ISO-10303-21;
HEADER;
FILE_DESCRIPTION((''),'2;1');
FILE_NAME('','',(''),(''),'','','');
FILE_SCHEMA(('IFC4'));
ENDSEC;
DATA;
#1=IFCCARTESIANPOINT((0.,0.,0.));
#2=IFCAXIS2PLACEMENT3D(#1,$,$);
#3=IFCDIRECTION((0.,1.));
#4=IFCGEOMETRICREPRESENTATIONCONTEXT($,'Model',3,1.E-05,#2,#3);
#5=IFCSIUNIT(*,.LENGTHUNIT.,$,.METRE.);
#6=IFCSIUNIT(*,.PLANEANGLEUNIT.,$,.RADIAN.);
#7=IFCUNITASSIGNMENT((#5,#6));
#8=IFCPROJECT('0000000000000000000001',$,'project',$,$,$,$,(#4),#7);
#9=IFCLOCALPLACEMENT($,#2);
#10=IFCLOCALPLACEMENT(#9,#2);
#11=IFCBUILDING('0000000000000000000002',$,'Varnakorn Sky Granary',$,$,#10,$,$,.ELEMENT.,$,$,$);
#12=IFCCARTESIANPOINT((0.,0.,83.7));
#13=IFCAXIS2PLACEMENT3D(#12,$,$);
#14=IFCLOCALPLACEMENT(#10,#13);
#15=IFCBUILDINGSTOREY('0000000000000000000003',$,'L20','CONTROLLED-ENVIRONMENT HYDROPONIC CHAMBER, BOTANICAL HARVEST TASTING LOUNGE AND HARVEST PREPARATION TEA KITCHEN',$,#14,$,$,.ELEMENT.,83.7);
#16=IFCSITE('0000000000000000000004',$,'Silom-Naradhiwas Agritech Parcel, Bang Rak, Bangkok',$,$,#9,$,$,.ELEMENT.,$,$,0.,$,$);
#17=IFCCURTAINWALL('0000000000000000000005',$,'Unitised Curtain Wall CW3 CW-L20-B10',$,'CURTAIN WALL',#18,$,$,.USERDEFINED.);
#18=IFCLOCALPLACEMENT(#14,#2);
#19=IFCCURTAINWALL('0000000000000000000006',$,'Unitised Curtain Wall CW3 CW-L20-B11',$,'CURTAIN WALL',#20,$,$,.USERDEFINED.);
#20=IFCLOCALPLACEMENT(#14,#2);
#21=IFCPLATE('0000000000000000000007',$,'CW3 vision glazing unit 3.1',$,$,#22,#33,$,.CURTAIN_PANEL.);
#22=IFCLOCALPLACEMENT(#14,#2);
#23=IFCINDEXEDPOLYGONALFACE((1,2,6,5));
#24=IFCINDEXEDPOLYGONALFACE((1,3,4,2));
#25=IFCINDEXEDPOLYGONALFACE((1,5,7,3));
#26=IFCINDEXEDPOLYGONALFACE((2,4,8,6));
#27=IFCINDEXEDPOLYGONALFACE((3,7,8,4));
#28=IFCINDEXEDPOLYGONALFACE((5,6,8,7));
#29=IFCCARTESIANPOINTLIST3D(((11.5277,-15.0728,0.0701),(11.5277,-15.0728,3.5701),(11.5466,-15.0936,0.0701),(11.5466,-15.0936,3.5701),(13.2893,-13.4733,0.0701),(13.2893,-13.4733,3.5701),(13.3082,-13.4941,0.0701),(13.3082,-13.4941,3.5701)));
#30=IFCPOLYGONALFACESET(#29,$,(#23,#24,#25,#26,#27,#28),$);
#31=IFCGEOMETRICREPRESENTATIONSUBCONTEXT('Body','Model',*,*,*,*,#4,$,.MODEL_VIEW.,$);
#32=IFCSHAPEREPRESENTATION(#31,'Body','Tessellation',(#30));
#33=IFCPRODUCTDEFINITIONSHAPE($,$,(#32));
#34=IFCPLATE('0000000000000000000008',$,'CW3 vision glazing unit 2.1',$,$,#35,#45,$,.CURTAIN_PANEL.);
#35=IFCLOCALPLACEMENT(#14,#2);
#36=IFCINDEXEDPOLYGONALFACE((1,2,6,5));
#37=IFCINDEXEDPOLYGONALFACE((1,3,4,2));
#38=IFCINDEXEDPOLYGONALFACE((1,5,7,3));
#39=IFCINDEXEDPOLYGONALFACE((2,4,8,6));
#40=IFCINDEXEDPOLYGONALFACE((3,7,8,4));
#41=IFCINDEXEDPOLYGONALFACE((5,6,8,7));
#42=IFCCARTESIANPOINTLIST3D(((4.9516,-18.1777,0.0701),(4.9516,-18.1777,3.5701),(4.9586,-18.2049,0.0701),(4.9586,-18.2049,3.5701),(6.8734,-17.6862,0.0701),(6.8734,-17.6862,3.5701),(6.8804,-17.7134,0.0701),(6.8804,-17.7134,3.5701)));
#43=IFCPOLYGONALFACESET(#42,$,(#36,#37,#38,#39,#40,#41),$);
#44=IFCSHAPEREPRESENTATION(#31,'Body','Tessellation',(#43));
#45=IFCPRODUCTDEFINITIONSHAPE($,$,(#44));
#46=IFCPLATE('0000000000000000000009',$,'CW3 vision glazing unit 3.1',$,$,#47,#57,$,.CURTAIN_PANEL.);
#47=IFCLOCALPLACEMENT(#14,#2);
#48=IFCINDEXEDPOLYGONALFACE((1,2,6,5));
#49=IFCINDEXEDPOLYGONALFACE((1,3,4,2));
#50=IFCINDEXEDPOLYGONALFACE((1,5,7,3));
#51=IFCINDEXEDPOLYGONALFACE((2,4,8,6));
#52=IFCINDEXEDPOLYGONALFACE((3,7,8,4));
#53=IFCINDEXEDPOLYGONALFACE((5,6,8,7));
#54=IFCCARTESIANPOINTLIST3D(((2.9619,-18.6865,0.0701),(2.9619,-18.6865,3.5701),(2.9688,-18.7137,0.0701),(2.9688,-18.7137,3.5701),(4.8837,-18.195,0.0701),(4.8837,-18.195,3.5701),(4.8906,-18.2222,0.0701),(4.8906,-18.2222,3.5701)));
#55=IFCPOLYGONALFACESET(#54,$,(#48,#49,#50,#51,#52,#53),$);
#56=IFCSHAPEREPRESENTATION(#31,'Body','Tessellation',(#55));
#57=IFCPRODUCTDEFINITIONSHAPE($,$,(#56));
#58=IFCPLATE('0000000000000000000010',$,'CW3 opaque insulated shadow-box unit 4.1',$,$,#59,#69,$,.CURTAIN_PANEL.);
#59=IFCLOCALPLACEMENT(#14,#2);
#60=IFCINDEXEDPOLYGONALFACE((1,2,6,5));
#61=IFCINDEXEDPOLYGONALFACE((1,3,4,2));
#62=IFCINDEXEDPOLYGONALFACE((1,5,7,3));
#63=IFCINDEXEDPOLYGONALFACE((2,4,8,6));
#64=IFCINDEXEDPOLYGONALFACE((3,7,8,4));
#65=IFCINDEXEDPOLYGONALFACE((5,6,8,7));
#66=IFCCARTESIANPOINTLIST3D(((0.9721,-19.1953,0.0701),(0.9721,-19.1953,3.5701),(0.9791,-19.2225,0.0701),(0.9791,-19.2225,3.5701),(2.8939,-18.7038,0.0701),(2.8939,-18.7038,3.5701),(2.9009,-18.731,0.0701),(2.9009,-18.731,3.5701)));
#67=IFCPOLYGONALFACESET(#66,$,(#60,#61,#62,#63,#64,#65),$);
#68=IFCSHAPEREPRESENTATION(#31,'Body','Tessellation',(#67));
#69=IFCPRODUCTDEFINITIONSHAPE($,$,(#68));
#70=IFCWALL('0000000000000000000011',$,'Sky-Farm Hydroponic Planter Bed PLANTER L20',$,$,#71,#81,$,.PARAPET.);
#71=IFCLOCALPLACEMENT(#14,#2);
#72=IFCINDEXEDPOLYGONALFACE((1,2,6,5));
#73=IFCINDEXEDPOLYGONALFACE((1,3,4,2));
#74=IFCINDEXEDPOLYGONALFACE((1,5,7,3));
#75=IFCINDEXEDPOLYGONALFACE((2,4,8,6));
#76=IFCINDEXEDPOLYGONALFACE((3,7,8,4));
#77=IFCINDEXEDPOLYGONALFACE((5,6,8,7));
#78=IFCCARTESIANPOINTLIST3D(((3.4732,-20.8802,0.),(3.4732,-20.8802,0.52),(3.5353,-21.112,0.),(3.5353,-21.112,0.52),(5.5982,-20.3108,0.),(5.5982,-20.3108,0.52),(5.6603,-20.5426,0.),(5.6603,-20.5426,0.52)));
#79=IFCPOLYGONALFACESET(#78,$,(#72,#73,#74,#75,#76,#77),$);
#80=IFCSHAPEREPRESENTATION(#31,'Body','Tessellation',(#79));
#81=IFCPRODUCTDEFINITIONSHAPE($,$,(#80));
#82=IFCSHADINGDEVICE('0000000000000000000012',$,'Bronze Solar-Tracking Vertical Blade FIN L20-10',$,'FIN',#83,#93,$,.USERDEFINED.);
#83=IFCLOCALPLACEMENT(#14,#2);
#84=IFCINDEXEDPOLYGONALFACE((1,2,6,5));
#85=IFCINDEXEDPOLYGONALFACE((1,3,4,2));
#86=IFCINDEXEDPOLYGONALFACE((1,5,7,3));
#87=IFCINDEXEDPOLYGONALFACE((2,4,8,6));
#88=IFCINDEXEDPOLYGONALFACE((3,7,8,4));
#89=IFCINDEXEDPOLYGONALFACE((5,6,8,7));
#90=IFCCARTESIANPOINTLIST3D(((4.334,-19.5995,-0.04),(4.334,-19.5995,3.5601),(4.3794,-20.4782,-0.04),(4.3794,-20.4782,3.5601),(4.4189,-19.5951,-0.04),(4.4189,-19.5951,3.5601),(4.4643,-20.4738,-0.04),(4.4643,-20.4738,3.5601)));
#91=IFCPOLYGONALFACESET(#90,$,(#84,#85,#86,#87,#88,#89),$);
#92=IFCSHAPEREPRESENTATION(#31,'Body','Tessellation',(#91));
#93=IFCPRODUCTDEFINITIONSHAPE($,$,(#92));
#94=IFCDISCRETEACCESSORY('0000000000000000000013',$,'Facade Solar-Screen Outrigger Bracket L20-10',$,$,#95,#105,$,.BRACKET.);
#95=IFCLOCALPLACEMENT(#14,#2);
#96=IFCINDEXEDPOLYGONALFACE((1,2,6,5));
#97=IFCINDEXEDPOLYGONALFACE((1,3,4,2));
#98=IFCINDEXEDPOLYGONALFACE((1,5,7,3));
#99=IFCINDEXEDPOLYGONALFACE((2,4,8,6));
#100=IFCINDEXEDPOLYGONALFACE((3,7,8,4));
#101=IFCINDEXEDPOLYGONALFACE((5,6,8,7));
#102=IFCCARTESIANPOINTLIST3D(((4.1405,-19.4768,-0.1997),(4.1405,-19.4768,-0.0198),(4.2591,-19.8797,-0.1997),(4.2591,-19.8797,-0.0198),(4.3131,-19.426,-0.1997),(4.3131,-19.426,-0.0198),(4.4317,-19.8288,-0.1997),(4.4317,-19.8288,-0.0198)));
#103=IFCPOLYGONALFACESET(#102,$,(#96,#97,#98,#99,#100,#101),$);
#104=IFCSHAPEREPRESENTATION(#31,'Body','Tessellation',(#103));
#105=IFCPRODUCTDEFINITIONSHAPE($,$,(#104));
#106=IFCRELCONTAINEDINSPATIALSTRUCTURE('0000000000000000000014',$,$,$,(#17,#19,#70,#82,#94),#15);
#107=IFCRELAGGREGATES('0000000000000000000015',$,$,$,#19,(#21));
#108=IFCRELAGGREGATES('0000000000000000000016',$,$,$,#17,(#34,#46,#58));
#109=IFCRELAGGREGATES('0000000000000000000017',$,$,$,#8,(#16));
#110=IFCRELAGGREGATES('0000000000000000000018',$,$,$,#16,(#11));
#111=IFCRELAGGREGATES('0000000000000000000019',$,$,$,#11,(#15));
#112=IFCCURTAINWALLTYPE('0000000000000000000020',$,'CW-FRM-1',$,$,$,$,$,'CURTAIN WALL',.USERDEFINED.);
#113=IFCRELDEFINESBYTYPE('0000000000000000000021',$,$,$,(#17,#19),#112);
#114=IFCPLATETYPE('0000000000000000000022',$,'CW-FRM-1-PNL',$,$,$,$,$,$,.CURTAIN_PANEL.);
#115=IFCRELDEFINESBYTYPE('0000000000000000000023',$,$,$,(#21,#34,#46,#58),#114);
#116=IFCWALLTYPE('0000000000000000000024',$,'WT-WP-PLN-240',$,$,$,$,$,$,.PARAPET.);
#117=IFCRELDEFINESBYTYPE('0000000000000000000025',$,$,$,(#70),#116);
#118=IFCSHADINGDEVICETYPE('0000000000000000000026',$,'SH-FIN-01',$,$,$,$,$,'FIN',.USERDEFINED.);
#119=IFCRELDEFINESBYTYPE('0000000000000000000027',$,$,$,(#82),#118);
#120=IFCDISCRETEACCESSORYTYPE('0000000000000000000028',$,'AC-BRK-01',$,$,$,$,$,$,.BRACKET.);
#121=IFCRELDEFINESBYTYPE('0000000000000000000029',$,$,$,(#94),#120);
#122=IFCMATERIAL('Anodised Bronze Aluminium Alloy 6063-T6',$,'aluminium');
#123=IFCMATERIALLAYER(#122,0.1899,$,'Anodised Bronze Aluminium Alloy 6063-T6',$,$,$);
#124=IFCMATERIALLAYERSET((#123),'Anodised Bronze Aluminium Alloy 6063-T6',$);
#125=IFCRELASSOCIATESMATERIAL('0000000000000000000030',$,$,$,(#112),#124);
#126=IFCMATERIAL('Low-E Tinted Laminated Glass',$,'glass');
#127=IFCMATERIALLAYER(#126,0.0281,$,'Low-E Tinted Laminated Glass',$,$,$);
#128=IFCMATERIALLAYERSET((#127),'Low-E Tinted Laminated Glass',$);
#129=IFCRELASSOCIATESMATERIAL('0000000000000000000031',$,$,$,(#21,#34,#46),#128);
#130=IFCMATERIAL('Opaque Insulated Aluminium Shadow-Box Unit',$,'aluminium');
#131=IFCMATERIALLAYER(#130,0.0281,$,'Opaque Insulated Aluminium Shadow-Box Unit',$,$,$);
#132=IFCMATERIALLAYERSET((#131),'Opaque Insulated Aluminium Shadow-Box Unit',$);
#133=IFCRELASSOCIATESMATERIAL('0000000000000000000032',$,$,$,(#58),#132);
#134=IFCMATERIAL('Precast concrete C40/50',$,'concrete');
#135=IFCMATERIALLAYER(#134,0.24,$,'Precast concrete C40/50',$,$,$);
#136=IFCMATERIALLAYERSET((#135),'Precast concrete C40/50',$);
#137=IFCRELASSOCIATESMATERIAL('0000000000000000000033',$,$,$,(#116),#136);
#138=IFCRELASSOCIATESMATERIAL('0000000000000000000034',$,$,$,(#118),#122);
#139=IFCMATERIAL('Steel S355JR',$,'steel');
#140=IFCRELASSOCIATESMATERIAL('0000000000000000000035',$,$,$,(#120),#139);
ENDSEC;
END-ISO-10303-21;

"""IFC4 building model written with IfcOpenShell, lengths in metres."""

from ifc_helpers import new_model, si_unit, direction, frame, frame_2d, origin, origin_2d, place, context, subcontext, project, spatial, rectangle, extrude, source, transform, mapped, material, layer, layer_set, type_object, type_shapes, element, aggregate, save


model = new_model("IFC4")

# Units and contexts
model_context = context("Model", 3, precision=1e-05, world=origin(), true_north=direction((0.0, 1.0)))
body_context = subcontext(model_context, "Body", "Model", "MODEL_VIEW")
ifc_project = project(units=[si_unit("LENGTHUNIT", "METRE"), si_unit("PLANEANGLEUNIT", "RADIAN")], contexts=[model_context])

# Site, building, storey
site_placement = place(None, origin())
site = spatial("IfcSite", under=ifc_project, at=site_placement, Name="Silom-Naradhiwas Agritech Parcel, Bang Rak, Bangkok", CompositionType="ELEMENT", RefElevation=0.0)
building_placement = place(site_placement, origin())
building = spatial("IfcBuilding", under=site, at=building_placement, Name="Varnakorn Sky Granary", CompositionType="ELEMENT")
storey_placement = place(building_placement, frame((0.0, 0.0, 83.7)))
storey = spatial("IfcBuildingStorey", under=building, at=storey_placement, Name="L20", Description="CONTROLLED-ENVIRONMENT HYDROPONIC CHAMBER, BOTANICAL HARVEST TASTING LOUNGE AND HARVEST PREPARATION TEA KITCHEN", CompositionType="ELEMENT", Elevation=83.7)

# Shared definitions
ifc_material_1 = material(Name="Steel S355JR", Category="steel")

# Curtain walls
ifc_material_2 = material(Name="Anodised Bronze Aluminium Alloy 6063-T6", Category="aluminium")
ifc_layer_1 = layer(ifc_material_2, 0.1899, Name="Anodised Bronze Aluminium Alloy 6063-T6")
ifc_layer_set_1 = layer_set([ifc_layer_1], Name="Anodised Bronze Aluminium Alloy 6063-T6")
curtain_wall_type = type_object("IfcCurtainWallType", Name="CW-FRM-1", ElementType="CURTAIN WALL", PredefinedType="USERDEFINED", material=ifc_layer_set_1)
curtain_wall_1_placement = place(storey_placement, origin())
curtain_wall_1 = element("IfcCurtainWall", 1, at=curtain_wall_1_placement, inside=storey, type_object=curtain_wall_type, Name="Unitised Curtain Wall CW3 CW-L20-B10", ObjectType="CURTAIN WALL", PredefinedType="USERDEFINED")
curtain_wall_2_placement = place(storey_placement, origin())
curtain_wall_2 = element("IfcCurtainWall", 2, at=curtain_wall_2_placement, inside=storey, type_object=curtain_wall_type, Name="Unitised Curtain Wall CW3 CW-L20-B11", ObjectType="CURTAIN WALL", PredefinedType="USERDEFINED")

# Plates
ifc_material_3 = material(Name="Low-E Tinted Laminated Glass", Category="glass")
ifc_layer_2 = layer(ifc_material_3, 0.0281, Name="Low-E Tinted Laminated Glass")
ifc_layer_set_2 = layer_set([ifc_layer_2], Name="Low-E Tinted Laminated Glass")
plate_type = type_object("IfcPlateType", Name="CW-FRM-1-PNL", PredefinedType="CURTAIN_PANEL")
ifc_material_4 = material(Name="Opaque Insulated Aluminium Shadow-Box Unit", Category="aluminium")
ifc_layer_3 = layer(ifc_material_4, 0.0281, Name="Opaque Insulated Aluminium Shadow-Box Unit")
ifc_layer_set_3 = layer_set([ifc_layer_3], Name="Opaque Insulated Aluminium Shadow-Box Unit")
shared_shape_1 = source(origin(), body_context, "Body", "SweptSolid", [
    extrude(rectangle(XDim=2.3794, YDim=0.0281, at=origin_2d()), origin(), (0.0, 0.0, 1.0), 3.5),
])
plate_1_placement = place(storey_placement, frame((12.418, -14.2834, 0.0701), z_axis=(0.0, 0.0, 1.0), x_axis=(-0.74036, -0.672211, 0.0)))
plate_1 = element("IfcPlate", 3, at=plate_1_placement, type_object=plate_type, material=ifc_layer_set_2, Name="CW3 vision glazing unit 3.1", PredefinedType="CURTAIN_PANEL", context=body_context, shape_type="MappedRepresentation", body=[
    mapped(shared_shape_1, transform((0.0, 0.0, 0.0), x_axis=(1.0, 0.0, 0.0), y_axis=(0.0, 1.0, 0.0), z_axis=(0.0, 0.0, 1.0), scale=1.0)),
])
aggregate(curtain_wall_2, [plate_1])
shared_shape_2 = source(origin(), body_context, "Body", "SweptSolid", [
    extrude(rectangle(XDim=1.9836, YDim=0.0281, at=origin_2d()), origin(), (0.0, 0.0, 1.0), 3.5),
])
plate_2_placement = place(storey_placement, frame((5.916, -17.9456, 0.0701), z_axis=(0.0, 0.0, 1.0), x_axis=(-0.968825, -0.247745, 0.0)))
plate_2 = element("IfcPlate", 4, at=plate_2_placement, type_object=plate_type, material=ifc_layer_set_2, Name="CW3 vision glazing unit 2.1", PredefinedType="CURTAIN_PANEL", context=body_context, shape_type="MappedRepresentation", body=[
    mapped(shared_shape_2, transform((0.0, 0.0, 0.0), x_axis=(1.0, 0.0, 0.0), y_axis=(0.0, 1.0, 0.0), z_axis=(0.0, 0.0, 1.0), scale=1.0)),
])
plate_3_placement = place(storey_placement, frame((3.9263, -18.4543, 0.0701), z_axis=(0.0, 0.0, 1.0), x_axis=(-0.968825, -0.247745, 0.0)))
plate_3 = element("IfcPlate", 5, at=plate_3_placement, type_object=plate_type, material=ifc_layer_set_2, Name="CW3 vision glazing unit 3.1", PredefinedType="CURTAIN_PANEL", context=body_context, shape_type="MappedRepresentation", body=[
    mapped(shared_shape_2, transform((0.0, 0.0, 0.0), x_axis=(1.0, 0.0, 0.0), y_axis=(0.0, 1.0, 0.0), z_axis=(0.0, 0.0, 1.0), scale=1.0)),
])
plate_4_placement = place(storey_placement, frame((1.9365, -18.9631, 0.0701), z_axis=(0.0, 0.0, 1.0), x_axis=(-0.968825, -0.247745, 0.0)))
plate_4 = element("IfcPlate", 6, at=plate_4_placement, type_object=plate_type, material=ifc_layer_set_3, Name="CW3 opaque insulated shadow-box unit 4.1", PredefinedType="CURTAIN_PANEL", context=body_context, shape_type="MappedRepresentation", body=[
    mapped(shared_shape_2, transform((0.0, 0.0, 0.0), x_axis=(1.0, 0.0, 0.0), y_axis=(0.0, 1.0, 0.0), z_axis=(0.0, 0.0, 1.0), scale=1.0)),
])
aggregate(curtain_wall_1, [plate_2, plate_3, plate_4])

# Wall
ifc_material_5 = material(Name="Precast concrete C40/50", Category="concrete")
ifc_layer_4 = layer(ifc_material_5, 0.24, Name="Precast concrete C40/50")
ifc_layer_set_4 = layer_set([ifc_layer_4], Name="Precast concrete C40/50")
wall_type = type_object("IfcWallType", Name="WT-WP-PLN-240", PredefinedType="PARAPET", material=ifc_layer_set_4)
wall_placement = place(storey_placement, frame((3.5042, -20.9961, 0.0), z_axis=(0.0, 0.0, 1.0), x_axis=(0.965932, 0.258795, 0.0)))
element("IfcWall", 7, at=wall_placement, inside=storey, type_object=wall_type, Name="Sky-Farm Hydroponic Planter Bed PLANTER L20", PredefinedType="PARAPET", context=body_context, shape_type="SweptSolid", body=[
    extrude(rectangle(XDim=2.2, YDim=0.24, at=frame_2d((1.1001, 0.0))), origin(), (0.0, 0.0, 1.0), 0.52),
])

# Shading device
shading_device_type = type_object("IfcShadingDeviceType", Name="SH-FIN-01", ElementType="FIN", PredefinedType="USERDEFINED", material=ifc_material_2)
shared_shape_3 = source(origin(), body_context, "Body", "SweptSolid", [
    extrude(rectangle(XDim=0.085, YDim=0.8799, at=origin_2d()), origin(), (0.0, 0.0, 1.0), 3.6001),
])
type_shapes(shading_device_type, [shared_shape_3])
shading_device_placement = place(storey_placement, frame((4.3992, -20.0366, -0.04), z_axis=(0.0, 0.0, 1.0), x_axis=(0.998668, 0.051604, 0.0)))
element("IfcShadingDevice", 8, at=shading_device_placement, inside=storey, type_object=shading_device_type, Name="Bronze Solar-Tracking Vertical Blade FIN L20-10", ObjectType="FIN", PredefinedType="USERDEFINED", context=body_context, shape_type="MappedRepresentation", body=[
    mapped(shared_shape_3, transform((0.0, 0.0, 0.0), x_axis=(1.0, 0.0, 0.0), y_axis=(0.0, 1.0, 0.0), z_axis=(0.0, 0.0, 1.0), scale=1.0)),
])

# Discrete accessory
discrete_accessory_type = type_object("IfcDiscreteAccessoryType", Name="AC-BRK-01", PredefinedType="BRACKET", material=ifc_material_1)
shared_shape_4 = source(origin(), body_context, "Body", "SweptSolid", [
    extrude(rectangle(XDim=0.1799, YDim=0.4199, at=origin_2d()), origin(), (0.0, 0.0, 1.0), 0.1799),
])
type_shapes(discrete_accessory_type, [shared_shape_4])
discrete_accessory_placement = place(storey_placement, frame((4.2861, -19.6528, -0.1997), z_axis=(0.0, 0.0, 1.0), x_axis=(0.959287, 0.282432, 0.0)))
element("IfcDiscreteAccessory", 9, at=discrete_accessory_placement, inside=storey, type_object=discrete_accessory_type, Name="Facade Solar-Screen Outrigger Bracket L20-10", PredefinedType="BRACKET", context=body_context, shape_type="MappedRepresentation", body=[
    mapped(shared_shape_4, transform((0.0, 0.0, 0.0), x_axis=(1.0, 0.0, 0.0), y_axis=(0.0, 1.0, 0.0), z_axis=(0.0, 0.0, 1.0), scale=1.0)),
])

save(model, "model.ifc")
